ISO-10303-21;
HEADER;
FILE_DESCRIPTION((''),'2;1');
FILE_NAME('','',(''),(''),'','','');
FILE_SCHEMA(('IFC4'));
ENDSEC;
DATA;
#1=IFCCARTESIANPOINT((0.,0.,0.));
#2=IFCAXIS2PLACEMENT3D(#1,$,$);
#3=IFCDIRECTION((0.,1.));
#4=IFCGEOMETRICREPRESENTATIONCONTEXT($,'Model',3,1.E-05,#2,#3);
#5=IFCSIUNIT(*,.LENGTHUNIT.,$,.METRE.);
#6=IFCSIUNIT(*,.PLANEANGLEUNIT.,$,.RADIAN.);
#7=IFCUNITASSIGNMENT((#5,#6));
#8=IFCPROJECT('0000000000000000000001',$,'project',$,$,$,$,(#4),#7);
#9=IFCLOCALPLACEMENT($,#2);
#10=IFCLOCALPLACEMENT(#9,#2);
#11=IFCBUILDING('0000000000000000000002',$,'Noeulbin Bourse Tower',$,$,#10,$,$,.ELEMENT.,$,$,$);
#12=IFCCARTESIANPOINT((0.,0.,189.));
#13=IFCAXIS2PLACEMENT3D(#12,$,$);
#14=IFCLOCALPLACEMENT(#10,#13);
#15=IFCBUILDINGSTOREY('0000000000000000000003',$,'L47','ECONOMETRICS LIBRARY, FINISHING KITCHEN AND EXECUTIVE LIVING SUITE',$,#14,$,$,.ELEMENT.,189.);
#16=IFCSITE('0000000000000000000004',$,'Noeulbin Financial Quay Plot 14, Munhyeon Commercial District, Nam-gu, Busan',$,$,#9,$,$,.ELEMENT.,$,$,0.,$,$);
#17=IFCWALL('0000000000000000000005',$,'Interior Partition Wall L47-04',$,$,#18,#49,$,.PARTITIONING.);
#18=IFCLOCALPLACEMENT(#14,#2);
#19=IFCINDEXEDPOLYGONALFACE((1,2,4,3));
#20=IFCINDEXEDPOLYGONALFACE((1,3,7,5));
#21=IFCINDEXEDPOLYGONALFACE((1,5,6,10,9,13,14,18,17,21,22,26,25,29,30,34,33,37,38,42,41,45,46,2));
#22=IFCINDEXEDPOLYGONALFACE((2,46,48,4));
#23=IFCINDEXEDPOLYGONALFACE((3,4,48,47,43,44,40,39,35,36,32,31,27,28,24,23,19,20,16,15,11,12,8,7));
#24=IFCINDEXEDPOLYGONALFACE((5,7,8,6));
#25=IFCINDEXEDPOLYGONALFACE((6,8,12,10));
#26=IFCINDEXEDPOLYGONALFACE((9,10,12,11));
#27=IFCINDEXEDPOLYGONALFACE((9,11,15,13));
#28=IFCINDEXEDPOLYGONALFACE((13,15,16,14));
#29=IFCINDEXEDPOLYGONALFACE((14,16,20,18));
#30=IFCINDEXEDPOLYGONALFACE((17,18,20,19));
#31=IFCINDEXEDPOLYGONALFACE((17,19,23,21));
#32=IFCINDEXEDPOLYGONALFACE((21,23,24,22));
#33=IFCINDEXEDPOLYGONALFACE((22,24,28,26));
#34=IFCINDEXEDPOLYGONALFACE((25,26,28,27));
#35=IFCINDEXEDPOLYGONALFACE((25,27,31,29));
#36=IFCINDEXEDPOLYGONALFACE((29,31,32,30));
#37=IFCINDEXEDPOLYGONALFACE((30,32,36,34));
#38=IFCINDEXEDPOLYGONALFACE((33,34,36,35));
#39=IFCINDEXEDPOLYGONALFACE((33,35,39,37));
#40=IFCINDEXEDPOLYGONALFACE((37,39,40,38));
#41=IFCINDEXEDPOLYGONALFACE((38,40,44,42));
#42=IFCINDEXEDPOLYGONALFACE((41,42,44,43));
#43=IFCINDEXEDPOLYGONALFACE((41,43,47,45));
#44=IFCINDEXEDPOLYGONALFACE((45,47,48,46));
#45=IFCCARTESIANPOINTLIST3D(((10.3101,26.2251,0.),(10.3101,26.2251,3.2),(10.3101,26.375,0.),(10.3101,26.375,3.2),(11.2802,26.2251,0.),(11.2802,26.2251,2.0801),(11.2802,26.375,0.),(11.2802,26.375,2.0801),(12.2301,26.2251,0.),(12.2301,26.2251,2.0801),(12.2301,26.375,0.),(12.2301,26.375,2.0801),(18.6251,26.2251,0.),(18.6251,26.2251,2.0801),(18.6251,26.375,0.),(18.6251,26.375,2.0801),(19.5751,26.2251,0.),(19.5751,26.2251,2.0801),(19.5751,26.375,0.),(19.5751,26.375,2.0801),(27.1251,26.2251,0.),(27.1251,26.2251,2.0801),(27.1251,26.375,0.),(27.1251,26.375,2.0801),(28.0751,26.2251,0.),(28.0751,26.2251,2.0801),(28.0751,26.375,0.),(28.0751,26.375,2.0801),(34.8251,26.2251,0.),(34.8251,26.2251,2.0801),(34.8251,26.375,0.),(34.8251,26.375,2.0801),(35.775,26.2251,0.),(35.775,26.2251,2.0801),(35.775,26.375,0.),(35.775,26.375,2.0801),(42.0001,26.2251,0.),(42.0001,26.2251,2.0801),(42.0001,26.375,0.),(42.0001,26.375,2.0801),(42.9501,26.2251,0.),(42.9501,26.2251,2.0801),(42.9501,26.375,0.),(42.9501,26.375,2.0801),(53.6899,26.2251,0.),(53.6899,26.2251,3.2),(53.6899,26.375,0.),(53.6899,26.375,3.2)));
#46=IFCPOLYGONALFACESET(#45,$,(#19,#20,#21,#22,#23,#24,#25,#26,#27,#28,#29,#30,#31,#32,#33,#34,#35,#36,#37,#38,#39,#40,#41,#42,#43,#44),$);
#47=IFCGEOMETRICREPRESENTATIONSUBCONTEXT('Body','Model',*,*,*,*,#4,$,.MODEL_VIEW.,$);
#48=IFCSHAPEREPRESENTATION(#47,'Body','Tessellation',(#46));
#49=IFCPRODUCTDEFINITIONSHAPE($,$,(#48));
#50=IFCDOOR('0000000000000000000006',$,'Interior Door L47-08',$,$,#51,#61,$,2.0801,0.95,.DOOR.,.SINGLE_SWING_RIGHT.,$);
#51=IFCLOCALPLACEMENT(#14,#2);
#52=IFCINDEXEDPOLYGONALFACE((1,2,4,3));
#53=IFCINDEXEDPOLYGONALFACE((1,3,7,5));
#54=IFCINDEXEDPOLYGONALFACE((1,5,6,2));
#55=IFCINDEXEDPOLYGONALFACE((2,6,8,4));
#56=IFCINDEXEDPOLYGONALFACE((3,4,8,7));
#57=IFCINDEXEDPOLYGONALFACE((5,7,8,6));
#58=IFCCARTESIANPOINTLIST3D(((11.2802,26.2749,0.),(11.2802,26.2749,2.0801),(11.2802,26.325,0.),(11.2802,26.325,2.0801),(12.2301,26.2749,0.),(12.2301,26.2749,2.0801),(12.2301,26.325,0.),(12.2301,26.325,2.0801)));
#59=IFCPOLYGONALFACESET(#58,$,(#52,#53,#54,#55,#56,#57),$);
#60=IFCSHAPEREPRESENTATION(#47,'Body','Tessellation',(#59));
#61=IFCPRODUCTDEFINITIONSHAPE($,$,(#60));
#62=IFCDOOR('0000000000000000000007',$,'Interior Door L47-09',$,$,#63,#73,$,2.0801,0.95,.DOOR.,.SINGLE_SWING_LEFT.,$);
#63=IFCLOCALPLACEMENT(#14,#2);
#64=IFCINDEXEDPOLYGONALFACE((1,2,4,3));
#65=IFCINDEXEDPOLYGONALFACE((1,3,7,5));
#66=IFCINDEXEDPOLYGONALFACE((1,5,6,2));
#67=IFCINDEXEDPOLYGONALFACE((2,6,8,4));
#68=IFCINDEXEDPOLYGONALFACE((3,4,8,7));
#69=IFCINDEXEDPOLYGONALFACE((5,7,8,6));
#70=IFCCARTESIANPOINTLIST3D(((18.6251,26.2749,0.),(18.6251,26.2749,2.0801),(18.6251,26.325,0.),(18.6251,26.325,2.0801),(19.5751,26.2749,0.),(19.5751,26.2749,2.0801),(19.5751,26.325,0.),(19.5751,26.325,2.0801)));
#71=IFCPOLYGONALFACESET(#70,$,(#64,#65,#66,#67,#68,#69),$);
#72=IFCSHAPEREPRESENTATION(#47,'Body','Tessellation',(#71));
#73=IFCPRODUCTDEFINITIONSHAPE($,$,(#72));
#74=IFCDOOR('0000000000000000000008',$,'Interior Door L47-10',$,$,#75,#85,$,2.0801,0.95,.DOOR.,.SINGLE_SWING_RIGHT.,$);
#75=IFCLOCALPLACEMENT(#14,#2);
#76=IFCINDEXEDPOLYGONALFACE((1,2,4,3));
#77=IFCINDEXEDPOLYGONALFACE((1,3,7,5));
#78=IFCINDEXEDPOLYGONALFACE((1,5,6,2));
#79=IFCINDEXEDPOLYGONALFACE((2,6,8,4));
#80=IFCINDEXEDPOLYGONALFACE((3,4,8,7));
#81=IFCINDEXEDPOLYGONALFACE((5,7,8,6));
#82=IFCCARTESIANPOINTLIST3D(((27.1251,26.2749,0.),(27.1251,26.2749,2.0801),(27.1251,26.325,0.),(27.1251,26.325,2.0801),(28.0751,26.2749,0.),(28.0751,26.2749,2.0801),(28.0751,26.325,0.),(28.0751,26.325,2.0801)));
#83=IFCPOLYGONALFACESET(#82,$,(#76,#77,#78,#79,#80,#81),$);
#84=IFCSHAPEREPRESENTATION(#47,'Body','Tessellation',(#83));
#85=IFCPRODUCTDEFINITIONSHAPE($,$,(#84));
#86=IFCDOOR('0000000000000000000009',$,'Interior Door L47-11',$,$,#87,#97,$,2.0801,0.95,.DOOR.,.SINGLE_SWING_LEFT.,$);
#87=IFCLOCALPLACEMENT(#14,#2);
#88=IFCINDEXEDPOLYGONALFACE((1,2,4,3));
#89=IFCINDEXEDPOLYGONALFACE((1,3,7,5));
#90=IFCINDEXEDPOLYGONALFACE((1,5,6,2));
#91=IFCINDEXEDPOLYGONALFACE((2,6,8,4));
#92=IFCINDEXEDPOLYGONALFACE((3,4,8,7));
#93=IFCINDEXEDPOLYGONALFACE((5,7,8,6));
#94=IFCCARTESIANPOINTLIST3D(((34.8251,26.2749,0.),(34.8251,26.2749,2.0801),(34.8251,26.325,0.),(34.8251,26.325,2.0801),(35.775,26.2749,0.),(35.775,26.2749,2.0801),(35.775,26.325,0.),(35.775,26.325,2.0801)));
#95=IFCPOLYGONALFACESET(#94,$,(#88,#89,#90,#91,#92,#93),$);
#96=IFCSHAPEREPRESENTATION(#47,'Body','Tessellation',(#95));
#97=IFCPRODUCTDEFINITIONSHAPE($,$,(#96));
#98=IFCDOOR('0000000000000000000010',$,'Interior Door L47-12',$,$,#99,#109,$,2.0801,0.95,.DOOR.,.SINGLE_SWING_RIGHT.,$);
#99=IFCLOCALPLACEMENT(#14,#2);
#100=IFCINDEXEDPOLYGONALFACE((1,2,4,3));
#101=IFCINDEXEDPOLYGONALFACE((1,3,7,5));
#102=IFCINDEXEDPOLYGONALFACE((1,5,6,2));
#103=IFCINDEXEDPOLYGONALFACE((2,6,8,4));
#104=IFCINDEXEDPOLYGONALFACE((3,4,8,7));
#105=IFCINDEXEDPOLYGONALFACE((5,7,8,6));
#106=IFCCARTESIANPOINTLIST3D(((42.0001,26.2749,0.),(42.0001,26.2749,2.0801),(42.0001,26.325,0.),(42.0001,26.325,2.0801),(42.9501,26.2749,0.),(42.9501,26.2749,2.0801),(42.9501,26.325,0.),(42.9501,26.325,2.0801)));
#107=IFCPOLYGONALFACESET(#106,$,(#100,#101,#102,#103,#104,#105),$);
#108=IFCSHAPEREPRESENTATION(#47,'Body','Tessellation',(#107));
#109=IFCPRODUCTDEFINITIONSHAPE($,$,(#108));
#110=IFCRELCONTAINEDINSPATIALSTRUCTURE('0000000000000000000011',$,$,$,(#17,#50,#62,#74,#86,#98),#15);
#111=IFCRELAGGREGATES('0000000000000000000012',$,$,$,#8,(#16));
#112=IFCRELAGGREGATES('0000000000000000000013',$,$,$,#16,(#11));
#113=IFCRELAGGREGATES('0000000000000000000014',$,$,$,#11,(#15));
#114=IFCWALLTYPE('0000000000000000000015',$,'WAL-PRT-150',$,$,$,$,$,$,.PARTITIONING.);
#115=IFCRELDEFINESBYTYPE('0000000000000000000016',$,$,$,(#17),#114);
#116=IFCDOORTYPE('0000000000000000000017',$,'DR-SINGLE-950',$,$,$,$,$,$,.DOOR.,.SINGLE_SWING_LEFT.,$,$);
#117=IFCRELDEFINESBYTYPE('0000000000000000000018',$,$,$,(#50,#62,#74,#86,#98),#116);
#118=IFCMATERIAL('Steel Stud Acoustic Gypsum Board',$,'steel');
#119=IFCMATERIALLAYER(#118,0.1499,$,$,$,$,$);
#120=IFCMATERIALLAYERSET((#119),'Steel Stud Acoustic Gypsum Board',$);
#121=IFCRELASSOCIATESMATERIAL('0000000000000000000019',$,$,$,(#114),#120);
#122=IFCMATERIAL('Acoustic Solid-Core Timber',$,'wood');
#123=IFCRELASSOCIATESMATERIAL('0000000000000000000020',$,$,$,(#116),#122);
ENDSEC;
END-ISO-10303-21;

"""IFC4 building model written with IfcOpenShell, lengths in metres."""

from ifc_helpers import new_model, si_unit, direction, frame, frame_2d, origin, place, context, subcontext, project, spatial, rectangle, extrude, material, layer, layer_set, type_object, element, fill, save


model = new_model("IFC4")

# Units and contexts
model_context = context("Model", 3, precision=1e-05, world=origin(), true_north=direction((0.0, 1.0)))
body_context = subcontext(model_context, "Body", "Model", "MODEL_VIEW")
ifc_project = project(units=[si_unit("LENGTHUNIT", "METRE"), si_unit("PLANEANGLEUNIT", "RADIAN")], contexts=[model_context])

# Site, building, storey
site_placement = place(None, origin())
site = spatial("IfcSite", under=ifc_project, at=site_placement, Name="Noeulbin Financial Quay Plot 14, Munhyeon Commercial District, Nam-gu, Busan", CompositionType="ELEMENT", RefElevation=0.0)
building_placement = place(site_placement, origin())
building = spatial("IfcBuilding", under=site, at=building_placement, Name="Noeulbin Bourse Tower", CompositionType="ELEMENT")
storey_placement = place(building_placement, frame((0.0, 0.0, 189.0)))
storey = spatial("IfcBuildingStorey", under=building, at=storey_placement, Name="L47", Description="ECONOMETRICS LIBRARY, FINISHING KITCHEN AND EXECUTIVE LIVING SUITE", CompositionType="ELEMENT", Elevation=189.0)

# Wall, openings, doors
ifc_material_1 = material(Name="Steel Stud Acoustic Gypsum Board", Category="steel")
ifc_layer_1 = layer(ifc_material_1, 0.1499)
ifc_layer_set_1 = layer_set([ifc_layer_1], Name="Steel Stud Acoustic Gypsum Board")
wall_type_1 = type_object("IfcWallType", Name="WAL-PRT-150", PredefinedType="PARTITIONING", material=ifc_layer_set_1)
wall_1_placement = place(storey_placement, frame((10.3101, 26.3, 0.0), z_axis=(0.0, 0.0, 1.0), x_axis=(1.0, 0.0, 0.0)))
wall_1 = element("IfcWall", 1, at=wall_1_placement, inside=storey, type_object=wall_type_1, Name="Interior Partition Wall L47-04", PredefinedType="PARTITIONING", context=body_context, shape_type="SweptSolid", body=[
    extrude(rectangle(XDim=43.3799, YDim=0.1499, at=frame_2d((21.6899, 0.0))), origin(), (0.0, 0.0, 1.0), 3.2),
])
opening_1_placement = place(wall_1_placement, frame((0.97, 0.0, 0.0)))
opening_1 = element("IfcOpeningElement", 2, at=opening_1_placement, cuts=wall_1, PredefinedType="OPENING", context=body_context, shape_type="SweptSolid", body=[
    extrude(rectangle(XDim=0.95, YDim=2.0801, at=frame_2d((0.4751, 1.04))), frame((0.0, 0.085, 0.0), z_axis=(0.0, -1.0, 0.0), x_axis=(1.0, 0.0, 0.0)), (0.0, 0.0, 1.0), 0.1699),
])
opening_2_placement = place(wall_1_placement, frame((8.3149, 0.0, 0.0)))
opening_2 = element("IfcOpeningElement", 3, at=opening_2_placement, cuts=wall_1, PredefinedType="OPENING", context=body_context, shape_type="SweptSolid", body=[
    extrude(rectangle(XDim=0.95, YDim=2.0801, at=frame_2d((0.4751, 1.04))), frame((0.0, 0.085, 0.0), z_axis=(0.0, -1.0, 0.0), x_axis=(1.0, 0.0, 0.0)), (0.0, 0.0, 1.0), 0.1699),
])
opening_3_placement = place(wall_1_placement, frame((16.8149, 0.0, 0.0)))
opening_3 = element("IfcOpeningElement", 4, at=opening_3_placement, cuts=wall_1, PredefinedType="OPENING", context=body_context, shape_type="SweptSolid", body=[
    extrude(rectangle(XDim=0.95, YDim=2.0801, at=frame_2d((0.4751, 1.04))), frame((0.0, 0.085, 0.0), z_axis=(0.0, -1.0, 0.0), x_axis=(1.0, 0.0, 0.0)), (0.0, 0.0, 1.0), 0.1699),
])
opening_4_placement = place(wall_1_placement, frame((24.5149, 0.0, 0.0)))
opening_4 = element("IfcOpeningElement", 5, at=opening_4_placement, cuts=wall_1, PredefinedType="OPENING", context=body_context, shape_type="SweptSolid", body=[
    extrude(rectangle(XDim=0.95, YDim=2.0801, at=frame_2d((0.4751, 1.04))), frame((0.0, 0.085, 0.0), z_axis=(0.0, -1.0, 0.0), x_axis=(1.0, 0.0, 0.0)), (0.0, 0.0, 1.0), 0.1699),
])
opening_5_placement = place(wall_1_placement, frame((31.6899, 0.0, 0.0)))
opening_5 = element("IfcOpeningElement", 6, at=opening_5_placement, cuts=wall_1, PredefinedType="OPENING", context=body_context, shape_type="SweptSolid", body=[
    extrude(rectangle(XDim=0.95, YDim=2.0801, at=frame_2d((0.4751, 1.04))), frame((0.0, 0.085, 0.0), z_axis=(0.0, -1.0, 0.0), x_axis=(1.0, 0.0, 0.0)), (0.0, 0.0, 1.0), 0.1699),
])
ifc_material_2 = material(Name="Acoustic Solid-Core Timber", Category="wood")
door_type = type_object("IfcDoorType", Name="DR-SINGLE-950", OperationType="SINGLE_SWING_LEFT", PredefinedType="DOOR", material=ifc_material_2)
door_1_placement = place(opening_1_placement, origin())
door_1 = element("IfcDoor", 7, at=door_1_placement, inside=storey, type_object=door_type, Name="Interior Door L47-08", OperationType="SINGLE_SWING_RIGHT", OverallHeight=2.0801, OverallWidth=0.95, PredefinedType="DOOR", context=body_context, shape_type="SweptSolid", body=[
    extrude(rectangle(XDim=0.95, YDim=2.0801, at=frame_2d((0.4751, 1.04))), frame((0.0, 0.0249, 0.0), z_axis=(0.0, -1.0, 0.0), x_axis=(1.0, 0.0, 0.0)), (0.0, 0.0, 1.0), 0.05),
])
fill(opening_1, door_1)
door_2_placement = place(opening_2_placement, origin())
door_2 = element("IfcDoor", 8, at=door_2_placement, inside=storey, type_object=door_type, Name="Interior Door L47-09", OperationType="SINGLE_SWING_LEFT", OverallHeight=2.0801, OverallWidth=0.95, PredefinedType="DOOR", context=body_context, shape_type="SweptSolid", body=[
    extrude(rectangle(XDim=0.95, YDim=2.0801, at=frame_2d((0.4751, 1.04))), frame((0.0, 0.0249, 0.0), z_axis=(0.0, -1.0, 0.0), x_axis=(1.0, 0.0, 0.0)), (0.0, 0.0, 1.0), 0.05),
])
fill(opening_2, door_2)
door_3_placement = place(opening_3_placement, origin())
door_3 = element("IfcDoor", 9, at=door_3_placement, inside=storey, type_object=door_type, Name="Interior Door L47-10", OperationType="SINGLE_SWING_RIGHT", OverallHeight=2.0801, OverallWidth=0.95, PredefinedType="DOOR", context=body_context, shape_type="SweptSolid", body=[
    extrude(rectangle(XDim=0.95, YDim=2.0801, at=frame_2d((0.4751, 1.04))), frame((0.0, 0.0249, 0.0), z_axis=(0.0, -1.0, 0.0), x_axis=(1.0, 0.0, 0.0)), (0.0, 0.0, 1.0), 0.05),
])
fill(opening_3, door_3)
door_4_placement = place(opening_4_placement, origin())
door_4 = element("IfcDoor", 10, at=door_4_placement, inside=storey, type_object=door_type, Name="Interior Door L47-11", OperationType="SINGLE_SWING_LEFT", OverallHeight=2.0801, OverallWidth=0.95, PredefinedType="DOOR", context=body_context, shape_type="SweptSolid", body=[
    extrude(rectangle(XDim=0.95, YDim=2.0801, at=frame_2d((0.4751, 1.04))), frame((0.0, 0.0249, 0.0), z_axis=(0.0, -1.0, 0.0), x_axis=(1.0, 0.0, 0.0)), (0.0, 0.0, 1.0), 0.05),
])
fill(opening_4, door_4)
door_5_placement = place(opening_5_placement, origin())
door_5 = element("IfcDoor", 11, at=door_5_placement, inside=storey, type_object=door_type, Name="Interior Door L47-12", OperationType="SINGLE_SWING_RIGHT", OverallHeight=2.0801, OverallWidth=0.95, PredefinedType="DOOR", context=body_context, shape_type="SweptSolid", body=[
    extrude(rectangle(XDim=0.95, YDim=2.0801, at=frame_2d((0.4751, 1.04))), frame((0.0, 0.0249, 0.0), z_axis=(0.0, -1.0, 0.0), x_axis=(1.0, 0.0, 0.0)), (0.0, 0.0, 1.0), 0.05),
])
fill(opening_5, door_5)

save(model, "model.ifc")
